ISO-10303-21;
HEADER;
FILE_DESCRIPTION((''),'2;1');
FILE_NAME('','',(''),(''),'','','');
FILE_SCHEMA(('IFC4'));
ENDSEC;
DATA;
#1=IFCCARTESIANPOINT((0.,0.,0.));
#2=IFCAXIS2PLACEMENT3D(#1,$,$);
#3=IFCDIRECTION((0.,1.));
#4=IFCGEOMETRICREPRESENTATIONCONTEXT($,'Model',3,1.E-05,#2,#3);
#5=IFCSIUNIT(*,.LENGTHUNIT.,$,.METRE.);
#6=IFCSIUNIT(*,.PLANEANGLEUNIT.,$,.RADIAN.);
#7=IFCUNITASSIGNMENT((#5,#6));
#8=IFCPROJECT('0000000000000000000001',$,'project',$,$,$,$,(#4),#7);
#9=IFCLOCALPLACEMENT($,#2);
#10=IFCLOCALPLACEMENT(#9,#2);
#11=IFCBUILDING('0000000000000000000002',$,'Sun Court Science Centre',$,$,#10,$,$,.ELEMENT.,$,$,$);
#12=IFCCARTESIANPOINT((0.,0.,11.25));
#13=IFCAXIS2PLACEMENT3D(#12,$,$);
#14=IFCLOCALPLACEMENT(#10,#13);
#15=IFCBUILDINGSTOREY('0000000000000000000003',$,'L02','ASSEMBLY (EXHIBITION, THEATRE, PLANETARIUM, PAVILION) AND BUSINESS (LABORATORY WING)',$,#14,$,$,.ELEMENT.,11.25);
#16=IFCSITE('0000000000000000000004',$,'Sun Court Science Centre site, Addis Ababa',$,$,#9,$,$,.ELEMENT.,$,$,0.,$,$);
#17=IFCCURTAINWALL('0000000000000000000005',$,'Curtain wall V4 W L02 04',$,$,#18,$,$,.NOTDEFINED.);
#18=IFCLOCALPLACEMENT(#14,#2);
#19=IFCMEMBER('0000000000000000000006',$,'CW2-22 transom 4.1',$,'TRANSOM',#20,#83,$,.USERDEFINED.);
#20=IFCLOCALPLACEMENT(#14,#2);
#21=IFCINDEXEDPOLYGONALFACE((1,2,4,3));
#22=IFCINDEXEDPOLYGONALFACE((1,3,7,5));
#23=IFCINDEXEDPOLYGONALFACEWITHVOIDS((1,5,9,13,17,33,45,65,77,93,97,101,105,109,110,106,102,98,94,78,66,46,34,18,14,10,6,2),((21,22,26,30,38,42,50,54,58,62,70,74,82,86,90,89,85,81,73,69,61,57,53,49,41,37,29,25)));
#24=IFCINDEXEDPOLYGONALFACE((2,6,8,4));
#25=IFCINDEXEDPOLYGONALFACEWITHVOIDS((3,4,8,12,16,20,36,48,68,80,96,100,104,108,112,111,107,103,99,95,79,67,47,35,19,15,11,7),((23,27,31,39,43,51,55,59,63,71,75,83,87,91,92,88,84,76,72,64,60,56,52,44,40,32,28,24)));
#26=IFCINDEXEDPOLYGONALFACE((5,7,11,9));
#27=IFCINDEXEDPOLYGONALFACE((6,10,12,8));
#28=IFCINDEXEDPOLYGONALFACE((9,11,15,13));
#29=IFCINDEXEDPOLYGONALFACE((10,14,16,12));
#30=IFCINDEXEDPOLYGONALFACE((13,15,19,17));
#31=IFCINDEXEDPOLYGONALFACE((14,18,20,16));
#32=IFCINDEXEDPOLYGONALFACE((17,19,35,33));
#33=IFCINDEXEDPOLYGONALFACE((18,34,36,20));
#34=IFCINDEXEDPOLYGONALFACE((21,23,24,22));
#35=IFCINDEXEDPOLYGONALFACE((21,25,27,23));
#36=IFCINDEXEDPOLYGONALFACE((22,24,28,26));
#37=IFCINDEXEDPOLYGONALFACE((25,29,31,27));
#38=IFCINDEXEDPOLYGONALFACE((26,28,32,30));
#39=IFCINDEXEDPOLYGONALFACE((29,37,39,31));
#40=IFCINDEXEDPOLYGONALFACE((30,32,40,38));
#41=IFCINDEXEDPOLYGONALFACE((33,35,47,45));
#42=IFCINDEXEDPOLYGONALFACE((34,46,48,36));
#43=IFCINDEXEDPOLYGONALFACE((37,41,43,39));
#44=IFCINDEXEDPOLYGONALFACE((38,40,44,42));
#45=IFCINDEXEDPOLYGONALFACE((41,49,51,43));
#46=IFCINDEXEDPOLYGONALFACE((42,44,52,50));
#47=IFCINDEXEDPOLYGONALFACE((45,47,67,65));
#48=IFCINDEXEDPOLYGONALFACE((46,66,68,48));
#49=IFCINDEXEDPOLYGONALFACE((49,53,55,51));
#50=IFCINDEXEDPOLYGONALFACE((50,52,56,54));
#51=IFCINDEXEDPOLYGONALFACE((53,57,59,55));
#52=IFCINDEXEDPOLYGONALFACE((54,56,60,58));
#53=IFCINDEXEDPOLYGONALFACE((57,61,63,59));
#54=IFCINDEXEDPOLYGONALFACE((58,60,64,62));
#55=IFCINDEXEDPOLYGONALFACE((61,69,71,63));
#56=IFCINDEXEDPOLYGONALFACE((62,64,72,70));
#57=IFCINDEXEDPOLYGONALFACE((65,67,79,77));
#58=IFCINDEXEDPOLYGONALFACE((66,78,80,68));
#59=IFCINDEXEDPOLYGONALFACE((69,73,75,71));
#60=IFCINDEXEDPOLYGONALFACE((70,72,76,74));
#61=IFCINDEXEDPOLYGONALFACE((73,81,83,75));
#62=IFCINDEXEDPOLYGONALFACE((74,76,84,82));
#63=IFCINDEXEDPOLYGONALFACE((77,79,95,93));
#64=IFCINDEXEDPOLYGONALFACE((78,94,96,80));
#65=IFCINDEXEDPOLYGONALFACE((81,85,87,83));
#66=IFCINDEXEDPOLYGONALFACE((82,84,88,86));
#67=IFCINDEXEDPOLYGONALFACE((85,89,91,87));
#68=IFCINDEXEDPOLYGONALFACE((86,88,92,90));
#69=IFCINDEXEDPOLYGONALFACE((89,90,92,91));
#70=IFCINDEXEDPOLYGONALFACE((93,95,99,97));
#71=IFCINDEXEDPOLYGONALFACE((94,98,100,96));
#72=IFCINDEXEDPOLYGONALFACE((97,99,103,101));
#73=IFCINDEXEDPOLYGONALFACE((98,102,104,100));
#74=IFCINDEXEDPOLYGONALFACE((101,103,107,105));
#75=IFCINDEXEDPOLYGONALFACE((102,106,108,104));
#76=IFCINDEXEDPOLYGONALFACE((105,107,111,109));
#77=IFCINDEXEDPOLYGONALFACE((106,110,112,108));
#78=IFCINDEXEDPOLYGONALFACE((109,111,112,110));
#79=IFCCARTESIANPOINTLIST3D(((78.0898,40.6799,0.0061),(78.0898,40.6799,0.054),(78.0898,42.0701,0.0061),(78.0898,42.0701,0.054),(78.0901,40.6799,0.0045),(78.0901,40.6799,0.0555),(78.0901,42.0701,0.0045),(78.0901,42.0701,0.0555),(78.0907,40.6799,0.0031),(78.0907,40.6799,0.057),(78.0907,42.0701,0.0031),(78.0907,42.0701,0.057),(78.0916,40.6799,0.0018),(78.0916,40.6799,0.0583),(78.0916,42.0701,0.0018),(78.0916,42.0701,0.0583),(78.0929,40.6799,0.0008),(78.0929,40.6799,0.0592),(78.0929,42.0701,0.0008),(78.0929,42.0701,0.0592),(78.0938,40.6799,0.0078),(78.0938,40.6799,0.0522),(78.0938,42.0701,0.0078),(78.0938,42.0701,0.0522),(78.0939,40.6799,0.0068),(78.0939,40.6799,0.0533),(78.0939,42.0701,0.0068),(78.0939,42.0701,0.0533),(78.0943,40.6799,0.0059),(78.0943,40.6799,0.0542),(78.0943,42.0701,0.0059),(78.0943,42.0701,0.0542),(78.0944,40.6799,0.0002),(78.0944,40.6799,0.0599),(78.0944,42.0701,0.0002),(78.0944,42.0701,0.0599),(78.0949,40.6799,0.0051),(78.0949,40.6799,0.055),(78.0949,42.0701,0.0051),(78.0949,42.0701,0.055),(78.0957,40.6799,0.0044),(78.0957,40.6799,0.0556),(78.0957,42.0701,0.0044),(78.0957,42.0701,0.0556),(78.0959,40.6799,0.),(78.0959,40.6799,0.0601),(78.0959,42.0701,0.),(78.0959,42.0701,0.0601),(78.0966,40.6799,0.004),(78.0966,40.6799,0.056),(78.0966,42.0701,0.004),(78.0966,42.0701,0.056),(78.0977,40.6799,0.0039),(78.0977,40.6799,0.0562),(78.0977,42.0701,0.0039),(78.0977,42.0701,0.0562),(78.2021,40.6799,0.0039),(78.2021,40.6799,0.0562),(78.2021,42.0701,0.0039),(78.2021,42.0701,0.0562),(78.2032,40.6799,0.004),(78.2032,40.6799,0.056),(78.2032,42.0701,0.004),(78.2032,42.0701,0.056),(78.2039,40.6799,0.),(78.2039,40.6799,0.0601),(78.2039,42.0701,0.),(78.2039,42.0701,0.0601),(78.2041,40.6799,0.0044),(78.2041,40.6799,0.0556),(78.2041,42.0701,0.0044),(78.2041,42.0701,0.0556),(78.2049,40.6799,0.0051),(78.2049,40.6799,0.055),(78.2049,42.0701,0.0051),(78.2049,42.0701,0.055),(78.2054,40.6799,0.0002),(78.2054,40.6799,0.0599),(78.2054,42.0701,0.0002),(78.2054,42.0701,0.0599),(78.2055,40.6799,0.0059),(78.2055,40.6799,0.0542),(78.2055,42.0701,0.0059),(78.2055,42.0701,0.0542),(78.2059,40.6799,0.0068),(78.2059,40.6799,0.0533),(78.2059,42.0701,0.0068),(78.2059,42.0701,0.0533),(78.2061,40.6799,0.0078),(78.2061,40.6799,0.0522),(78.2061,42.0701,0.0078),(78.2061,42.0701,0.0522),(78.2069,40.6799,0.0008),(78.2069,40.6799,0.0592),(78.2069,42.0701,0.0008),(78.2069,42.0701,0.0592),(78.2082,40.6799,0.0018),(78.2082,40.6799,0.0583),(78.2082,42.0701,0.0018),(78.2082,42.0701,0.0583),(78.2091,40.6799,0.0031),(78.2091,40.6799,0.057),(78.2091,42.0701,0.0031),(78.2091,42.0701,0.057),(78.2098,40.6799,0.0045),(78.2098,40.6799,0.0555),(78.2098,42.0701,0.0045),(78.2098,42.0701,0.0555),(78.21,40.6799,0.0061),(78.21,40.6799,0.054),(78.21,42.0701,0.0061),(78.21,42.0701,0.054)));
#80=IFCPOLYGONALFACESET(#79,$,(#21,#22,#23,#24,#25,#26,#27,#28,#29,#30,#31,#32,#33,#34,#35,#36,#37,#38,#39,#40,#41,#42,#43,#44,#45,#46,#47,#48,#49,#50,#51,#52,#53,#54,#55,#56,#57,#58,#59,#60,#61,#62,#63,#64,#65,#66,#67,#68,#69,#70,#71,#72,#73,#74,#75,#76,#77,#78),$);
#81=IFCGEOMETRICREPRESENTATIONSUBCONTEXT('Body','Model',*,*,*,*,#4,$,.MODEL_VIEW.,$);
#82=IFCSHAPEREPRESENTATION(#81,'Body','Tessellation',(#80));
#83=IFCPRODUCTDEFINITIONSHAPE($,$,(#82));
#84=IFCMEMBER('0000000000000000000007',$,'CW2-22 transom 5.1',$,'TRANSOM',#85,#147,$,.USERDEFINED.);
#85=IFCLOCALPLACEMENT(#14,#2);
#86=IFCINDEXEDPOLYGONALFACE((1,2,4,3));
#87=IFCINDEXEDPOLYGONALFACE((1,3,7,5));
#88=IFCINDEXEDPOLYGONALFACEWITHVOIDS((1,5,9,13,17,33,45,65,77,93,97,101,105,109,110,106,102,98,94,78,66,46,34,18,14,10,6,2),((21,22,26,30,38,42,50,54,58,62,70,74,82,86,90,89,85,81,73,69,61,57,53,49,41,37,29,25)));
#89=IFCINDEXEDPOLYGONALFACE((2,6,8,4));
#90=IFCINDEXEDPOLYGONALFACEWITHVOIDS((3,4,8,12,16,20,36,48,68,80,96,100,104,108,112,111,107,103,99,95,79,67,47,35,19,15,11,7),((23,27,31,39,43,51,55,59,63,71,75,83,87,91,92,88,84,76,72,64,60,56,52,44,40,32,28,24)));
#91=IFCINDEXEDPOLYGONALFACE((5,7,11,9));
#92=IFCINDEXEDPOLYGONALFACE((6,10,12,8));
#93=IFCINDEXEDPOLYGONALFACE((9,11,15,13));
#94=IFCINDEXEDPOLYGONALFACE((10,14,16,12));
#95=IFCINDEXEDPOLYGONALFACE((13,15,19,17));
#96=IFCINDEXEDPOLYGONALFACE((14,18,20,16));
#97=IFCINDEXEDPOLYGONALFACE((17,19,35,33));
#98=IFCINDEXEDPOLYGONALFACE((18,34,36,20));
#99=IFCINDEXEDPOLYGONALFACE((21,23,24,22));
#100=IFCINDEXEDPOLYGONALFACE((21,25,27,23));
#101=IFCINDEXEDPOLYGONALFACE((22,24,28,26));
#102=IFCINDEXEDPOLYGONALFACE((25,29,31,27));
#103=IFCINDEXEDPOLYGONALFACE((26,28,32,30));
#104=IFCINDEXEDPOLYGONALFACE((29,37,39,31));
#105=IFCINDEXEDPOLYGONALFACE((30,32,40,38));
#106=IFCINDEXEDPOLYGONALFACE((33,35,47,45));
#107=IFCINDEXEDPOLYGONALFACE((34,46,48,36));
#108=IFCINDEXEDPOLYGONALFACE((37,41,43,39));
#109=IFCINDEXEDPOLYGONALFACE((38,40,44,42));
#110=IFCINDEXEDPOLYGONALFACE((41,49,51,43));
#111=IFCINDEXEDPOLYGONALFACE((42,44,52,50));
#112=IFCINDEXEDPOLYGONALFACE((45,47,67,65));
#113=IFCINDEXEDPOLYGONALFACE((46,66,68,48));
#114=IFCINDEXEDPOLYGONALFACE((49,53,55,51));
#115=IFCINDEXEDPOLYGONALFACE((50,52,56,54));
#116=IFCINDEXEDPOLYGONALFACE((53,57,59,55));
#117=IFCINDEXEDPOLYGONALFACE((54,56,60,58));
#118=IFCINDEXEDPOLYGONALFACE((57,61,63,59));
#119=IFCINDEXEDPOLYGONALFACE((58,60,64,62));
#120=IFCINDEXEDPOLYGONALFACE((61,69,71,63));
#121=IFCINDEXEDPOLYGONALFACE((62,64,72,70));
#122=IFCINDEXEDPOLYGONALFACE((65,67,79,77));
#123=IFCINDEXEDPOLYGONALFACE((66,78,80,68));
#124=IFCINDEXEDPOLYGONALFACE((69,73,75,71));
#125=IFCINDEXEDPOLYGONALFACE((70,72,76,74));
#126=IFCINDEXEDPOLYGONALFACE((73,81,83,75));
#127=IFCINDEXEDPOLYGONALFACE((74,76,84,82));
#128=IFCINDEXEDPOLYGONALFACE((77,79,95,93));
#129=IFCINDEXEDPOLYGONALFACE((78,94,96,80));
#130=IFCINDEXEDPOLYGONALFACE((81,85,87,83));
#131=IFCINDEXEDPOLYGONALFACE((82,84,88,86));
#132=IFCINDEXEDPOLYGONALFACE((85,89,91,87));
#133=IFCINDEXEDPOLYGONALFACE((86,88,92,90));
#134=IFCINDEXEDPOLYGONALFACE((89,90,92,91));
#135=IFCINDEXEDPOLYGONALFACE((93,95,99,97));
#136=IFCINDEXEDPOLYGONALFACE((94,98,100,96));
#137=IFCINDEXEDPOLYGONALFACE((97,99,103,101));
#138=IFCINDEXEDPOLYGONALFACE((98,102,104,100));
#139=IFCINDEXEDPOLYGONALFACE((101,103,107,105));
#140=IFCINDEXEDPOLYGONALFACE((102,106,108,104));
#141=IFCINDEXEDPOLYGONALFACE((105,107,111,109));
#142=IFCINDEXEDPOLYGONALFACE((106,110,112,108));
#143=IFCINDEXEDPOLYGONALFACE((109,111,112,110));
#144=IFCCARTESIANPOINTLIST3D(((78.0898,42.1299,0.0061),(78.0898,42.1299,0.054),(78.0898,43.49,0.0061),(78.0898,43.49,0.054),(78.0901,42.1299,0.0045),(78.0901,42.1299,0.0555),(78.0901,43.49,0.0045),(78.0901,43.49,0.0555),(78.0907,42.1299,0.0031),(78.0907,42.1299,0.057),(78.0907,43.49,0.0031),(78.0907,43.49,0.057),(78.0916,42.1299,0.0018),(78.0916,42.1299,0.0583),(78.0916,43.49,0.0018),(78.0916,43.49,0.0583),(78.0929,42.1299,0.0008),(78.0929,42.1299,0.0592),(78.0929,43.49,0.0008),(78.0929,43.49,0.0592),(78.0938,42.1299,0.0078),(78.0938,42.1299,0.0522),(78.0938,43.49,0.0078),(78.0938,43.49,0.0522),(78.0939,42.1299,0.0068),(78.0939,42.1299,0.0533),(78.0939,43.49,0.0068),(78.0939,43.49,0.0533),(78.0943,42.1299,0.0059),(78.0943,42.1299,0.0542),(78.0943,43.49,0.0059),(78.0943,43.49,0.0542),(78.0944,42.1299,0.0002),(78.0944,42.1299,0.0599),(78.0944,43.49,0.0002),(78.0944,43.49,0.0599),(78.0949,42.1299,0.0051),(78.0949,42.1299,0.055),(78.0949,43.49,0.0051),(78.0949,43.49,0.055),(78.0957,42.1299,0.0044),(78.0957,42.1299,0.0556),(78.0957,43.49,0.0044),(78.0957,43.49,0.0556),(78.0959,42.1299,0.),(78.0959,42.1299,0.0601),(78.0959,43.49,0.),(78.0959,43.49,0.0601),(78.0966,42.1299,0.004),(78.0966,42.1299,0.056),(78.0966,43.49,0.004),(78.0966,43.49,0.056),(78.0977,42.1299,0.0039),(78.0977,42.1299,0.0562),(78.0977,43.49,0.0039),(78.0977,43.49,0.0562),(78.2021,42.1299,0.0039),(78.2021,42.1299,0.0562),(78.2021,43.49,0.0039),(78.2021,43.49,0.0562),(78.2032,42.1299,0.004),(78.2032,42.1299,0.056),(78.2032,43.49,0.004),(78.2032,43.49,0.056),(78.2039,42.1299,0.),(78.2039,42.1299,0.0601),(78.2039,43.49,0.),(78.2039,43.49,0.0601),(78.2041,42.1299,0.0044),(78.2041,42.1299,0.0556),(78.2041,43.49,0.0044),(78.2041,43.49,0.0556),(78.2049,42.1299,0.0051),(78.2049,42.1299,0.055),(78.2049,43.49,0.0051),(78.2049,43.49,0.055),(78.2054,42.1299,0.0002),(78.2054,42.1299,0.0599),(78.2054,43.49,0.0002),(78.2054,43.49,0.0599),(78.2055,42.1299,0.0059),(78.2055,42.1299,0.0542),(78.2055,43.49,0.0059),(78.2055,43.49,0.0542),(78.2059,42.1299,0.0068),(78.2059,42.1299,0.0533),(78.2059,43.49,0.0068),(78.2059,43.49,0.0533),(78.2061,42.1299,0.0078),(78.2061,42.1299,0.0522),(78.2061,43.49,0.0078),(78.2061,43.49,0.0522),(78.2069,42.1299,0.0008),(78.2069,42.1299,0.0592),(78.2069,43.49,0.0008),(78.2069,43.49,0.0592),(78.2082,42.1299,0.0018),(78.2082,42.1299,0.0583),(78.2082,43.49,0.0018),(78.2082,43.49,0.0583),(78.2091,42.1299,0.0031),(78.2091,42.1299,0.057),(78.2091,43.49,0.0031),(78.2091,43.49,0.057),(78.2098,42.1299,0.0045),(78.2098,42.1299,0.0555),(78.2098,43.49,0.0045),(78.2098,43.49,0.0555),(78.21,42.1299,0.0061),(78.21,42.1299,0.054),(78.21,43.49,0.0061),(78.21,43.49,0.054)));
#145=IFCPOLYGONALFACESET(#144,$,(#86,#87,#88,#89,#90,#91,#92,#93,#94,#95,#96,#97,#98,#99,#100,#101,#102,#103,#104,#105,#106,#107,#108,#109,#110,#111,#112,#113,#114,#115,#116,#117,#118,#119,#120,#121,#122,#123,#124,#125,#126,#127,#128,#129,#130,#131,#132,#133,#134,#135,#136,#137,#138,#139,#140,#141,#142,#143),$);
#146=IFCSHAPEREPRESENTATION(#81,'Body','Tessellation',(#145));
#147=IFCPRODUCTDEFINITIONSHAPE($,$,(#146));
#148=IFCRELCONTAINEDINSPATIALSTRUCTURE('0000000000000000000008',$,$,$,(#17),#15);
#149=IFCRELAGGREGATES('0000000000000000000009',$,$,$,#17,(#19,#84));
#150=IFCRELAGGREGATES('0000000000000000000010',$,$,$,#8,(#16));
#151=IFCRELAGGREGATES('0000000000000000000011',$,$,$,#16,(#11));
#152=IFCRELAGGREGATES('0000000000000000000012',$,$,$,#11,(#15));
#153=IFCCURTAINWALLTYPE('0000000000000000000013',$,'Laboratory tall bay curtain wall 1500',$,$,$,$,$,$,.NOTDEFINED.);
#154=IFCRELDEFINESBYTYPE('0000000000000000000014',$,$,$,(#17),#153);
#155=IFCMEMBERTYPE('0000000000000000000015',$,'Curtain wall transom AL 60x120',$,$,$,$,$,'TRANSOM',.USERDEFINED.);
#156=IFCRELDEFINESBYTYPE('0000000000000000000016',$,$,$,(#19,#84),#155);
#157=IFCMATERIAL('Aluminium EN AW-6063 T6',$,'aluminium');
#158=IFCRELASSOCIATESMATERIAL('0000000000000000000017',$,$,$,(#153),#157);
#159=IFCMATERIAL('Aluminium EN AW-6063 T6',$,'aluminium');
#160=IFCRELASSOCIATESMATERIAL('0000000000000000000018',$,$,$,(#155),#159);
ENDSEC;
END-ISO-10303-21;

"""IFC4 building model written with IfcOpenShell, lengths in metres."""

from ifc_helpers import new_model, si_unit, direction, frame, origin, origin_2d, place, context, subcontext, project, spatial, hollow_rectangle, extrude, material, material_profile, profile_set, type_object, element, aggregate, save


model = new_model("IFC4")

# Units and contexts
model_context = context("Model", 3, precision=1e-05, world=origin(), true_north=direction((0.0, 1.0)))
body_context = subcontext(model_context, "Body", "Model", "MODEL_VIEW")
ifc_project = project(units=[si_unit("LENGTHUNIT", "METRE"), si_unit("PLANEANGLEUNIT", "RADIAN")], contexts=[model_context])

# Site, building, storey
site_placement = place(None, origin())
site = spatial("IfcSite", under=ifc_project, at=site_placement, Name="Sun Court Science Centre site, Addis Ababa", CompositionType="ELEMENT", RefElevation=0.0)
building_placement = place(site_placement, origin())
building = spatial("IfcBuilding", under=site, at=building_placement, Name="Sun Court Science Centre", CompositionType="ELEMENT")
storey_placement = place(building_placement, frame((0.0, 0.0, 11.25)))
storey = spatial("IfcBuildingStorey", under=building, at=storey_placement, Name="L02", Description="ASSEMBLY (EXHIBITION, THEATRE, PLANETARIUM, PAVILION) AND BUSINESS (LABORATORY WING)", CompositionType="ELEMENT", Elevation=11.25)

# Curtain wall, members
ifc_material_1 = material(Name="Aluminium EN AW-6063 T6", Category="aluminium")
curtain_wall_type = type_object("IfcCurtainWallType", Name="Laboratory tall bay curtain wall 1500", PredefinedType="NOTDEFINED", material=ifc_material_1)
curtain_wall_placement = place(storey_placement, origin())
curtain_wall = element("IfcCurtainWall", 1, at=curtain_wall_placement, inside=storey, type_object=curtain_wall_type, Name="Curtain wall V4 W L02 04", PredefinedType="NOTDEFINED")
ifc_material_2 = material(Name="Aluminium EN AW-6063 T6", Category="aluminium")
ifc_material_profile_1 = material_profile(ifc_material_2, hollow_rectangle(XDim=0.0601, YDim=0.1201, WallThickness=0.0039, InnerFilletRadius=0.0039, OuterFilletRadius=0.0061, at=origin_2d()), Name="AL 60x120x4")
ifc_profile_set_1 = profile_set([ifc_material_profile_1], Name="Aluminium EN AW-6063 T6")
member_type_1 = type_object("IfcMemberType", Name="Curtain wall transom AL 60x120", ElementType="TRANSOM", PredefinedType="USERDEFINED", material=ifc_profile_set_1)
member_1_placement = place(storey_placement, frame((78.1499, 40.6799, 0.03), z_axis=(0.0, 1.0, 0.0), x_axis=(0.0, 0.0, 1.0)))
member_1 = element("IfcMember", 2, at=member_1_placement, type_object=member_type_1, Name="CW2-22 transom 4.1", ObjectType="TRANSOM", PredefinedType="USERDEFINED", context=body_context, shape_type="SweptSolid", body=[
    extrude(hollow_rectangle(XDim=0.0601, YDim=0.1201, WallThickness=0.0039, InnerFilletRadius=0.0039, OuterFilletRadius=0.0061, at=origin_2d()), origin(), (0.0, 0.0, 1.0), 1.3901),
])
member_2_placement = place(storey_placement, frame((78.1499, 42.1299, 0.03), z_axis=(0.0, 1.0, 0.0), x_axis=(0.0, 0.0, 1.0)))
member_2 = element("IfcMember", 3, at=member_2_placement, type_object=member_type_1, Name="CW2-22 transom 5.1", ObjectType="TRANSOM", PredefinedType="USERDEFINED", context=body_context, shape_type="SweptSolid", body=[
    extrude(hollow_rectangle(XDim=0.0601, YDim=0.1201, WallThickness=0.0039, InnerFilletRadius=0.0039, OuterFilletRadius=0.0061, at=origin_2d()), origin(), (0.0, 0.0, 1.0), 1.3601),
])
aggregate(curtain_wall, [member_1, member_2])

save(model, "model.ifc")
